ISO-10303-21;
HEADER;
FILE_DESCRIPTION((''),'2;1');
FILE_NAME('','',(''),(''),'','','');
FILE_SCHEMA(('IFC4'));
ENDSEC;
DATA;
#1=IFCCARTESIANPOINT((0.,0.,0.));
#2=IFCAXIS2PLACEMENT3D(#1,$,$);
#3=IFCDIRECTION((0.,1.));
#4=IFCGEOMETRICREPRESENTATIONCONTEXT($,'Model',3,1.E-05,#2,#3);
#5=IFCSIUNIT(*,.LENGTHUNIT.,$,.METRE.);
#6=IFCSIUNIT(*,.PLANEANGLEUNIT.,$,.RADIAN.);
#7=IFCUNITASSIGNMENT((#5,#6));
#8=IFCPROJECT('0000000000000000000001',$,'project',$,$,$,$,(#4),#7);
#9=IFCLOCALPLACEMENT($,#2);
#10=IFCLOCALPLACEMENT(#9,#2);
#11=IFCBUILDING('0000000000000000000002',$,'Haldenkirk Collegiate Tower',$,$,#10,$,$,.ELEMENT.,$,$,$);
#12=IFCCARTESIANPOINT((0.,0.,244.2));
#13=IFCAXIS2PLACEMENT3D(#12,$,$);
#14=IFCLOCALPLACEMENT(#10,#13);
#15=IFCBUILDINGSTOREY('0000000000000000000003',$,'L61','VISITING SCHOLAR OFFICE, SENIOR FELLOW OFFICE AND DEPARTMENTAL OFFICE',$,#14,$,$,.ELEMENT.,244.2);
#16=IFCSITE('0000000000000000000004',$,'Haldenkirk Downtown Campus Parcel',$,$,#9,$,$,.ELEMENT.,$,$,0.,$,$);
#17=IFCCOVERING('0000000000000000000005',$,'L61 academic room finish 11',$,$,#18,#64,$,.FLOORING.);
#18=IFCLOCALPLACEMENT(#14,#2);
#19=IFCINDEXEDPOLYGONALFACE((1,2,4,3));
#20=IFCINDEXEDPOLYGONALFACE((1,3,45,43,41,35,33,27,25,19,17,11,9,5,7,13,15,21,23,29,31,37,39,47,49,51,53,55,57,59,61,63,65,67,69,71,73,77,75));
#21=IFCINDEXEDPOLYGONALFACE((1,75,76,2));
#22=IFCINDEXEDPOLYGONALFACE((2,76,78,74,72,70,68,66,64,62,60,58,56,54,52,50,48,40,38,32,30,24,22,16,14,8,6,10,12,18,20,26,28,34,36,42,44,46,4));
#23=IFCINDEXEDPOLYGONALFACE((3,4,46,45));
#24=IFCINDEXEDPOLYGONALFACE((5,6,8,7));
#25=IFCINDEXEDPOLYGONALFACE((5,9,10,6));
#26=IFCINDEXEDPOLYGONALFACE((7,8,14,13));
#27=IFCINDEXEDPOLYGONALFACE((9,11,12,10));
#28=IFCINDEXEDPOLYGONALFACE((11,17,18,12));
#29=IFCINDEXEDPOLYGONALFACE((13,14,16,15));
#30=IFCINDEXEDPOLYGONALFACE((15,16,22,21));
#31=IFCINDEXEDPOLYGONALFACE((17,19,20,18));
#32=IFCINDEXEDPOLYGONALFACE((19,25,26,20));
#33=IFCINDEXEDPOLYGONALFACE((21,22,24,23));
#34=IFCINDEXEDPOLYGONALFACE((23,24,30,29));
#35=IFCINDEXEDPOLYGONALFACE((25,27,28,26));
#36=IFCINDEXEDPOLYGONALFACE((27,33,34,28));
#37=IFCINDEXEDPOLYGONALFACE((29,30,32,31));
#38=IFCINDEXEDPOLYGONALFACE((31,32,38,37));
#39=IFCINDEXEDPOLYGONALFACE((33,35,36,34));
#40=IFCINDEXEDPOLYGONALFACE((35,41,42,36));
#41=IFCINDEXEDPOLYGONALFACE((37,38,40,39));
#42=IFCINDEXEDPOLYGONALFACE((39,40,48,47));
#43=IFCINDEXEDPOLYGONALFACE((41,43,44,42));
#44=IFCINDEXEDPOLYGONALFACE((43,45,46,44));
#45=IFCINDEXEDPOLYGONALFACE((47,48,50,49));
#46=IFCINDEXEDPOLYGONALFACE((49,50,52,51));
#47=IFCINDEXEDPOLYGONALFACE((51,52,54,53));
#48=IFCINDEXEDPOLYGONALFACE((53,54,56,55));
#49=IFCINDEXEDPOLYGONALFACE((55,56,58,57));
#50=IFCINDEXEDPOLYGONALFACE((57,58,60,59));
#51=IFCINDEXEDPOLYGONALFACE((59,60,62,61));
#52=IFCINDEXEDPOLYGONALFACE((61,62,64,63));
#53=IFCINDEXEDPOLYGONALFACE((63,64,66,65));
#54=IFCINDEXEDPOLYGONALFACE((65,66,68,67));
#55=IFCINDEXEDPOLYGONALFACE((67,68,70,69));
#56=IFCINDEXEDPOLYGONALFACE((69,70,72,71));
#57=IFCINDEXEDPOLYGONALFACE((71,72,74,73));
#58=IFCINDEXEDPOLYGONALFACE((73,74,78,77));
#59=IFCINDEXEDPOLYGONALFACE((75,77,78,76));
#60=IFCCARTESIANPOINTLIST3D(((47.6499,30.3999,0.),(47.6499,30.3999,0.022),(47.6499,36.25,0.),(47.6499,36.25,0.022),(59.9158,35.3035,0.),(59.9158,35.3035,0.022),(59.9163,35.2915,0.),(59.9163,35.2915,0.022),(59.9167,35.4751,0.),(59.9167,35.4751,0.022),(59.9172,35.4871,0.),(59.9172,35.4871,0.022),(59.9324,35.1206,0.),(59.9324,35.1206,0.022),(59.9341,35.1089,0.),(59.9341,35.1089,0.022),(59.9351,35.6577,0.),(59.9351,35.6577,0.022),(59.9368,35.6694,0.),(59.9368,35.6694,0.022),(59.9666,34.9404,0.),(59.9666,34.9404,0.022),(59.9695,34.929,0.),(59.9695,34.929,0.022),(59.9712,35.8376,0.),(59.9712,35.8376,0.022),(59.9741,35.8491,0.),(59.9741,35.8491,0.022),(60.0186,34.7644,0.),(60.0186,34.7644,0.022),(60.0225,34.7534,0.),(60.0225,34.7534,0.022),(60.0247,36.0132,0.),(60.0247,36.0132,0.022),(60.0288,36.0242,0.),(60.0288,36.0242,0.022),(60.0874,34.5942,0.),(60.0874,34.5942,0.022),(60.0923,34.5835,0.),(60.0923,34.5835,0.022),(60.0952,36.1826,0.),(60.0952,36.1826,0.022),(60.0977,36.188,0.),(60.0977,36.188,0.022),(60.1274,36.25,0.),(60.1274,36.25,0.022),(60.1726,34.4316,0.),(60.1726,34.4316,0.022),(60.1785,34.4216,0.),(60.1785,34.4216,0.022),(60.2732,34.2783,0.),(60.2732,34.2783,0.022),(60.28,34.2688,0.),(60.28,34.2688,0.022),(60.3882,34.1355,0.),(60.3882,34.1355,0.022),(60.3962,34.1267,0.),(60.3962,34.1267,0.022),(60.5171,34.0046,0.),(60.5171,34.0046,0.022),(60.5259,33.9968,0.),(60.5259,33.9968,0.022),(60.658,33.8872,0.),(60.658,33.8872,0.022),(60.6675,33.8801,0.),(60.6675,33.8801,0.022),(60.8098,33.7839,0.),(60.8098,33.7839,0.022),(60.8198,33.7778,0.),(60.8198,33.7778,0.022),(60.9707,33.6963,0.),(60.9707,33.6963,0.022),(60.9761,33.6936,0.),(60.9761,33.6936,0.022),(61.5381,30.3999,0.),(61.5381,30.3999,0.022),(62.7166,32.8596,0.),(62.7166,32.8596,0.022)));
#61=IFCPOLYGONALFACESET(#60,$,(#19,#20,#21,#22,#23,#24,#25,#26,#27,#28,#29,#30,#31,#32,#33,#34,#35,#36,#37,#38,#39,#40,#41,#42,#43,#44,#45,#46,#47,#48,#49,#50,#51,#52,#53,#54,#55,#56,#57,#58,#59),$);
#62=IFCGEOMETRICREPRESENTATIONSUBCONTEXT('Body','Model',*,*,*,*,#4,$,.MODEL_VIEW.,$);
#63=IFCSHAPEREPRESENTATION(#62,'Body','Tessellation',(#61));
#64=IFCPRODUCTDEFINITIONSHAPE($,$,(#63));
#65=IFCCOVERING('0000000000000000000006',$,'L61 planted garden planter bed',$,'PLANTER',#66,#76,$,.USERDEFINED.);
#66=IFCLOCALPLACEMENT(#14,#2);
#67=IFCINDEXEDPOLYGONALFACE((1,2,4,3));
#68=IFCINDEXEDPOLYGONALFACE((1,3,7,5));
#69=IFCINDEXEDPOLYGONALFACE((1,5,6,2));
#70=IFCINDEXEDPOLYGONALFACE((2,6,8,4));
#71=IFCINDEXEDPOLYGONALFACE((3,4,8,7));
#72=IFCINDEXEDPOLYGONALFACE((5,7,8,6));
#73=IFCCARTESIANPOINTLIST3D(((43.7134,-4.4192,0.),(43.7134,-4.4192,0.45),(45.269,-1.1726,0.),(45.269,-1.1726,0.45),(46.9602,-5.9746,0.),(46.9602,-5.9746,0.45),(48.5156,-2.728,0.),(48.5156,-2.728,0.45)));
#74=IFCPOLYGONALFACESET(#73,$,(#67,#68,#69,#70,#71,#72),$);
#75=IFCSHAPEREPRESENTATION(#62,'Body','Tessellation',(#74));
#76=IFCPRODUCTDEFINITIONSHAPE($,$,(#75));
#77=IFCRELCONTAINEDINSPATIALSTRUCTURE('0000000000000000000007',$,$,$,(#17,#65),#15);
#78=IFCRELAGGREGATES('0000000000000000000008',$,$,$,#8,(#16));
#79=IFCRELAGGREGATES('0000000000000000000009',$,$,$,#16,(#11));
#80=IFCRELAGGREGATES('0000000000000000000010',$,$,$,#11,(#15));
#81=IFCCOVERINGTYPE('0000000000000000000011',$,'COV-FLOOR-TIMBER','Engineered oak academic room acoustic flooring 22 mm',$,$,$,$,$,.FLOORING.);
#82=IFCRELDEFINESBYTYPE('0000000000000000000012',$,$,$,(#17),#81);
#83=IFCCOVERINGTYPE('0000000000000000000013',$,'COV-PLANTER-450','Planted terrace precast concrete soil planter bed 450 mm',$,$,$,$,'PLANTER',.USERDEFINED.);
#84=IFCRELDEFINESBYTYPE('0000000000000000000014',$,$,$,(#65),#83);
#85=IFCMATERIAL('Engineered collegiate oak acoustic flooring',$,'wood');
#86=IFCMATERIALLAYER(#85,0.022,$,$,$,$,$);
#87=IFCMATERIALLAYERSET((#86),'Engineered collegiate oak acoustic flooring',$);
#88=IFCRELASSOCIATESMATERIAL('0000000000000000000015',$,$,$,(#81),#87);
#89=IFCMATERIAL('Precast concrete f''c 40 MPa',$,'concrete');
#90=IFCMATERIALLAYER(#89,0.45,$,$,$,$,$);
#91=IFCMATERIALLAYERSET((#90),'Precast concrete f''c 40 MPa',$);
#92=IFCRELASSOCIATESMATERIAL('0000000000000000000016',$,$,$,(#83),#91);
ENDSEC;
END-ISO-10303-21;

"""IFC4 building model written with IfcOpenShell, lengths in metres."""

from ifc_helpers import new_model, si_unit, direction, frame, origin, place, context, subcontext, project, spatial, polyline, outline, extrude, material, layer, layer_set, type_object, element, save


model = new_model("IFC4")

# Units and contexts
model_context = context("Model", 3, precision=1e-05, world=origin(), true_north=direction((0.0, 1.0)))
body_context = subcontext(model_context, "Body", "Model", "MODEL_VIEW")
ifc_project = project(units=[si_unit("LENGTHUNIT", "METRE"), si_unit("PLANEANGLEUNIT", "RADIAN")], contexts=[model_context])

# Site, building, storey
site_placement = place(None, origin())
site = spatial("IfcSite", under=ifc_project, at=site_placement, Name="Haldenkirk Downtown Campus Parcel", CompositionType="ELEMENT", RefElevation=0.0)
building_placement = place(site_placement, origin())
building = spatial("IfcBuilding", under=site, at=building_placement, Name="Haldenkirk Collegiate Tower", CompositionType="ELEMENT")
storey_placement = place(building_placement, frame((0.0, 0.0, 244.2)))
storey = spatial("IfcBuildingStorey", under=building, at=storey_placement, Name="L61", Description="VISITING SCHOLAR OFFICE, SENIOR FELLOW OFFICE AND DEPARTMENTAL OFFICE", CompositionType="ELEMENT", Elevation=244.2)

# Shared definitions
ifc_material_1 = material(Name="Precast concrete f'c 40 MPa", Category="concrete")

# Coverings
ifc_material_2 = material(Name="Engineered collegiate oak acoustic flooring", Category="wood")
ifc_layer_1 = layer(ifc_material_2, 0.022)
ifc_layer_set_1 = layer_set([ifc_layer_1], Name="Engineered collegiate oak acoustic flooring")
covering_type_1 = type_object("IfcCoveringType", Name="COV-FLOOR-TIMBER", Description="Engineered oak academic room acoustic flooring 22 mm", PredefinedType="FLOORING", material=ifc_layer_set_1)
covering_1_placement = place(storey_placement, origin())
element("IfcCovering", 1, at=covering_1_placement, inside=storey, type_object=covering_type_1, Name="L61 academic room finish 11", PredefinedType="FLOORING", context=body_context, shape_type="SweptSolid", body=[
    extrude(outline(polyline([(60.0288, 36.0242), (60.0247, 36.0132), (59.9741, 35.8491), (59.9712, 35.8376), (59.9368, 35.6694), (59.9351, 35.6577), (59.9172, 35.4871), (59.9167, 35.4751), (59.9158, 35.3035), (59.9163, 35.2915), (59.9324, 35.1206), (59.9341, 35.1089), (59.9666, 34.9404), (59.9695, 34.929), (60.0186, 34.7644), (60.0225, 34.7534), (60.0874, 34.5942), (60.0923, 34.5835), (60.1726, 34.4316), (60.1785, 34.4216), (60.2732, 34.2783), (60.28, 34.2688), (60.3882, 34.1355), (60.3962, 34.1267), (60.5171, 34.0046), (60.5259, 33.9968), (60.658, 33.8872), (60.6675, 33.8801), (60.8098, 33.7839), (60.8198, 33.7778), (60.9707, 33.6963), (60.9761, 33.6936), (62.7166, 32.8596), (61.5381, 30.3999), (47.6499, 30.3999), (47.6499, 36.25), (60.1274, 36.25), (60.0977, 36.188), (60.0952, 36.1826), (60.0288, 36.0242)])), origin(), (0.0, 0.0, 1.0), 0.022),
])
ifc_layer_2 = layer(ifc_material_1, 0.45)
ifc_layer_set_2 = layer_set([ifc_layer_2], Name="Precast concrete f'c 40 MPa")
covering_type_2 = type_object("IfcCoveringType", Name="COV-PLANTER-450", Description="Planted terrace precast concrete soil planter bed 450 mm", ElementType="PLANTER", PredefinedType="USERDEFINED", material=ifc_layer_set_2)
covering_2_placement = place(storey_placement, origin())
element("IfcCovering", 2, at=covering_2_placement, inside=storey, type_object=covering_type_2, Name="L61 planted garden planter bed", ObjectType="PLANTER", PredefinedType="USERDEFINED", context=body_context, shape_type="SweptSolid", body=[
    extrude(outline(polyline([(46.9602, -5.9746), (43.7134, -4.4192), (45.269, -1.1726), (48.5156, -2.728), (46.9602, -5.9746)])), origin(), (0.0, 0.0, 1.0), 0.45),
])

save(model, "model.ifc")
